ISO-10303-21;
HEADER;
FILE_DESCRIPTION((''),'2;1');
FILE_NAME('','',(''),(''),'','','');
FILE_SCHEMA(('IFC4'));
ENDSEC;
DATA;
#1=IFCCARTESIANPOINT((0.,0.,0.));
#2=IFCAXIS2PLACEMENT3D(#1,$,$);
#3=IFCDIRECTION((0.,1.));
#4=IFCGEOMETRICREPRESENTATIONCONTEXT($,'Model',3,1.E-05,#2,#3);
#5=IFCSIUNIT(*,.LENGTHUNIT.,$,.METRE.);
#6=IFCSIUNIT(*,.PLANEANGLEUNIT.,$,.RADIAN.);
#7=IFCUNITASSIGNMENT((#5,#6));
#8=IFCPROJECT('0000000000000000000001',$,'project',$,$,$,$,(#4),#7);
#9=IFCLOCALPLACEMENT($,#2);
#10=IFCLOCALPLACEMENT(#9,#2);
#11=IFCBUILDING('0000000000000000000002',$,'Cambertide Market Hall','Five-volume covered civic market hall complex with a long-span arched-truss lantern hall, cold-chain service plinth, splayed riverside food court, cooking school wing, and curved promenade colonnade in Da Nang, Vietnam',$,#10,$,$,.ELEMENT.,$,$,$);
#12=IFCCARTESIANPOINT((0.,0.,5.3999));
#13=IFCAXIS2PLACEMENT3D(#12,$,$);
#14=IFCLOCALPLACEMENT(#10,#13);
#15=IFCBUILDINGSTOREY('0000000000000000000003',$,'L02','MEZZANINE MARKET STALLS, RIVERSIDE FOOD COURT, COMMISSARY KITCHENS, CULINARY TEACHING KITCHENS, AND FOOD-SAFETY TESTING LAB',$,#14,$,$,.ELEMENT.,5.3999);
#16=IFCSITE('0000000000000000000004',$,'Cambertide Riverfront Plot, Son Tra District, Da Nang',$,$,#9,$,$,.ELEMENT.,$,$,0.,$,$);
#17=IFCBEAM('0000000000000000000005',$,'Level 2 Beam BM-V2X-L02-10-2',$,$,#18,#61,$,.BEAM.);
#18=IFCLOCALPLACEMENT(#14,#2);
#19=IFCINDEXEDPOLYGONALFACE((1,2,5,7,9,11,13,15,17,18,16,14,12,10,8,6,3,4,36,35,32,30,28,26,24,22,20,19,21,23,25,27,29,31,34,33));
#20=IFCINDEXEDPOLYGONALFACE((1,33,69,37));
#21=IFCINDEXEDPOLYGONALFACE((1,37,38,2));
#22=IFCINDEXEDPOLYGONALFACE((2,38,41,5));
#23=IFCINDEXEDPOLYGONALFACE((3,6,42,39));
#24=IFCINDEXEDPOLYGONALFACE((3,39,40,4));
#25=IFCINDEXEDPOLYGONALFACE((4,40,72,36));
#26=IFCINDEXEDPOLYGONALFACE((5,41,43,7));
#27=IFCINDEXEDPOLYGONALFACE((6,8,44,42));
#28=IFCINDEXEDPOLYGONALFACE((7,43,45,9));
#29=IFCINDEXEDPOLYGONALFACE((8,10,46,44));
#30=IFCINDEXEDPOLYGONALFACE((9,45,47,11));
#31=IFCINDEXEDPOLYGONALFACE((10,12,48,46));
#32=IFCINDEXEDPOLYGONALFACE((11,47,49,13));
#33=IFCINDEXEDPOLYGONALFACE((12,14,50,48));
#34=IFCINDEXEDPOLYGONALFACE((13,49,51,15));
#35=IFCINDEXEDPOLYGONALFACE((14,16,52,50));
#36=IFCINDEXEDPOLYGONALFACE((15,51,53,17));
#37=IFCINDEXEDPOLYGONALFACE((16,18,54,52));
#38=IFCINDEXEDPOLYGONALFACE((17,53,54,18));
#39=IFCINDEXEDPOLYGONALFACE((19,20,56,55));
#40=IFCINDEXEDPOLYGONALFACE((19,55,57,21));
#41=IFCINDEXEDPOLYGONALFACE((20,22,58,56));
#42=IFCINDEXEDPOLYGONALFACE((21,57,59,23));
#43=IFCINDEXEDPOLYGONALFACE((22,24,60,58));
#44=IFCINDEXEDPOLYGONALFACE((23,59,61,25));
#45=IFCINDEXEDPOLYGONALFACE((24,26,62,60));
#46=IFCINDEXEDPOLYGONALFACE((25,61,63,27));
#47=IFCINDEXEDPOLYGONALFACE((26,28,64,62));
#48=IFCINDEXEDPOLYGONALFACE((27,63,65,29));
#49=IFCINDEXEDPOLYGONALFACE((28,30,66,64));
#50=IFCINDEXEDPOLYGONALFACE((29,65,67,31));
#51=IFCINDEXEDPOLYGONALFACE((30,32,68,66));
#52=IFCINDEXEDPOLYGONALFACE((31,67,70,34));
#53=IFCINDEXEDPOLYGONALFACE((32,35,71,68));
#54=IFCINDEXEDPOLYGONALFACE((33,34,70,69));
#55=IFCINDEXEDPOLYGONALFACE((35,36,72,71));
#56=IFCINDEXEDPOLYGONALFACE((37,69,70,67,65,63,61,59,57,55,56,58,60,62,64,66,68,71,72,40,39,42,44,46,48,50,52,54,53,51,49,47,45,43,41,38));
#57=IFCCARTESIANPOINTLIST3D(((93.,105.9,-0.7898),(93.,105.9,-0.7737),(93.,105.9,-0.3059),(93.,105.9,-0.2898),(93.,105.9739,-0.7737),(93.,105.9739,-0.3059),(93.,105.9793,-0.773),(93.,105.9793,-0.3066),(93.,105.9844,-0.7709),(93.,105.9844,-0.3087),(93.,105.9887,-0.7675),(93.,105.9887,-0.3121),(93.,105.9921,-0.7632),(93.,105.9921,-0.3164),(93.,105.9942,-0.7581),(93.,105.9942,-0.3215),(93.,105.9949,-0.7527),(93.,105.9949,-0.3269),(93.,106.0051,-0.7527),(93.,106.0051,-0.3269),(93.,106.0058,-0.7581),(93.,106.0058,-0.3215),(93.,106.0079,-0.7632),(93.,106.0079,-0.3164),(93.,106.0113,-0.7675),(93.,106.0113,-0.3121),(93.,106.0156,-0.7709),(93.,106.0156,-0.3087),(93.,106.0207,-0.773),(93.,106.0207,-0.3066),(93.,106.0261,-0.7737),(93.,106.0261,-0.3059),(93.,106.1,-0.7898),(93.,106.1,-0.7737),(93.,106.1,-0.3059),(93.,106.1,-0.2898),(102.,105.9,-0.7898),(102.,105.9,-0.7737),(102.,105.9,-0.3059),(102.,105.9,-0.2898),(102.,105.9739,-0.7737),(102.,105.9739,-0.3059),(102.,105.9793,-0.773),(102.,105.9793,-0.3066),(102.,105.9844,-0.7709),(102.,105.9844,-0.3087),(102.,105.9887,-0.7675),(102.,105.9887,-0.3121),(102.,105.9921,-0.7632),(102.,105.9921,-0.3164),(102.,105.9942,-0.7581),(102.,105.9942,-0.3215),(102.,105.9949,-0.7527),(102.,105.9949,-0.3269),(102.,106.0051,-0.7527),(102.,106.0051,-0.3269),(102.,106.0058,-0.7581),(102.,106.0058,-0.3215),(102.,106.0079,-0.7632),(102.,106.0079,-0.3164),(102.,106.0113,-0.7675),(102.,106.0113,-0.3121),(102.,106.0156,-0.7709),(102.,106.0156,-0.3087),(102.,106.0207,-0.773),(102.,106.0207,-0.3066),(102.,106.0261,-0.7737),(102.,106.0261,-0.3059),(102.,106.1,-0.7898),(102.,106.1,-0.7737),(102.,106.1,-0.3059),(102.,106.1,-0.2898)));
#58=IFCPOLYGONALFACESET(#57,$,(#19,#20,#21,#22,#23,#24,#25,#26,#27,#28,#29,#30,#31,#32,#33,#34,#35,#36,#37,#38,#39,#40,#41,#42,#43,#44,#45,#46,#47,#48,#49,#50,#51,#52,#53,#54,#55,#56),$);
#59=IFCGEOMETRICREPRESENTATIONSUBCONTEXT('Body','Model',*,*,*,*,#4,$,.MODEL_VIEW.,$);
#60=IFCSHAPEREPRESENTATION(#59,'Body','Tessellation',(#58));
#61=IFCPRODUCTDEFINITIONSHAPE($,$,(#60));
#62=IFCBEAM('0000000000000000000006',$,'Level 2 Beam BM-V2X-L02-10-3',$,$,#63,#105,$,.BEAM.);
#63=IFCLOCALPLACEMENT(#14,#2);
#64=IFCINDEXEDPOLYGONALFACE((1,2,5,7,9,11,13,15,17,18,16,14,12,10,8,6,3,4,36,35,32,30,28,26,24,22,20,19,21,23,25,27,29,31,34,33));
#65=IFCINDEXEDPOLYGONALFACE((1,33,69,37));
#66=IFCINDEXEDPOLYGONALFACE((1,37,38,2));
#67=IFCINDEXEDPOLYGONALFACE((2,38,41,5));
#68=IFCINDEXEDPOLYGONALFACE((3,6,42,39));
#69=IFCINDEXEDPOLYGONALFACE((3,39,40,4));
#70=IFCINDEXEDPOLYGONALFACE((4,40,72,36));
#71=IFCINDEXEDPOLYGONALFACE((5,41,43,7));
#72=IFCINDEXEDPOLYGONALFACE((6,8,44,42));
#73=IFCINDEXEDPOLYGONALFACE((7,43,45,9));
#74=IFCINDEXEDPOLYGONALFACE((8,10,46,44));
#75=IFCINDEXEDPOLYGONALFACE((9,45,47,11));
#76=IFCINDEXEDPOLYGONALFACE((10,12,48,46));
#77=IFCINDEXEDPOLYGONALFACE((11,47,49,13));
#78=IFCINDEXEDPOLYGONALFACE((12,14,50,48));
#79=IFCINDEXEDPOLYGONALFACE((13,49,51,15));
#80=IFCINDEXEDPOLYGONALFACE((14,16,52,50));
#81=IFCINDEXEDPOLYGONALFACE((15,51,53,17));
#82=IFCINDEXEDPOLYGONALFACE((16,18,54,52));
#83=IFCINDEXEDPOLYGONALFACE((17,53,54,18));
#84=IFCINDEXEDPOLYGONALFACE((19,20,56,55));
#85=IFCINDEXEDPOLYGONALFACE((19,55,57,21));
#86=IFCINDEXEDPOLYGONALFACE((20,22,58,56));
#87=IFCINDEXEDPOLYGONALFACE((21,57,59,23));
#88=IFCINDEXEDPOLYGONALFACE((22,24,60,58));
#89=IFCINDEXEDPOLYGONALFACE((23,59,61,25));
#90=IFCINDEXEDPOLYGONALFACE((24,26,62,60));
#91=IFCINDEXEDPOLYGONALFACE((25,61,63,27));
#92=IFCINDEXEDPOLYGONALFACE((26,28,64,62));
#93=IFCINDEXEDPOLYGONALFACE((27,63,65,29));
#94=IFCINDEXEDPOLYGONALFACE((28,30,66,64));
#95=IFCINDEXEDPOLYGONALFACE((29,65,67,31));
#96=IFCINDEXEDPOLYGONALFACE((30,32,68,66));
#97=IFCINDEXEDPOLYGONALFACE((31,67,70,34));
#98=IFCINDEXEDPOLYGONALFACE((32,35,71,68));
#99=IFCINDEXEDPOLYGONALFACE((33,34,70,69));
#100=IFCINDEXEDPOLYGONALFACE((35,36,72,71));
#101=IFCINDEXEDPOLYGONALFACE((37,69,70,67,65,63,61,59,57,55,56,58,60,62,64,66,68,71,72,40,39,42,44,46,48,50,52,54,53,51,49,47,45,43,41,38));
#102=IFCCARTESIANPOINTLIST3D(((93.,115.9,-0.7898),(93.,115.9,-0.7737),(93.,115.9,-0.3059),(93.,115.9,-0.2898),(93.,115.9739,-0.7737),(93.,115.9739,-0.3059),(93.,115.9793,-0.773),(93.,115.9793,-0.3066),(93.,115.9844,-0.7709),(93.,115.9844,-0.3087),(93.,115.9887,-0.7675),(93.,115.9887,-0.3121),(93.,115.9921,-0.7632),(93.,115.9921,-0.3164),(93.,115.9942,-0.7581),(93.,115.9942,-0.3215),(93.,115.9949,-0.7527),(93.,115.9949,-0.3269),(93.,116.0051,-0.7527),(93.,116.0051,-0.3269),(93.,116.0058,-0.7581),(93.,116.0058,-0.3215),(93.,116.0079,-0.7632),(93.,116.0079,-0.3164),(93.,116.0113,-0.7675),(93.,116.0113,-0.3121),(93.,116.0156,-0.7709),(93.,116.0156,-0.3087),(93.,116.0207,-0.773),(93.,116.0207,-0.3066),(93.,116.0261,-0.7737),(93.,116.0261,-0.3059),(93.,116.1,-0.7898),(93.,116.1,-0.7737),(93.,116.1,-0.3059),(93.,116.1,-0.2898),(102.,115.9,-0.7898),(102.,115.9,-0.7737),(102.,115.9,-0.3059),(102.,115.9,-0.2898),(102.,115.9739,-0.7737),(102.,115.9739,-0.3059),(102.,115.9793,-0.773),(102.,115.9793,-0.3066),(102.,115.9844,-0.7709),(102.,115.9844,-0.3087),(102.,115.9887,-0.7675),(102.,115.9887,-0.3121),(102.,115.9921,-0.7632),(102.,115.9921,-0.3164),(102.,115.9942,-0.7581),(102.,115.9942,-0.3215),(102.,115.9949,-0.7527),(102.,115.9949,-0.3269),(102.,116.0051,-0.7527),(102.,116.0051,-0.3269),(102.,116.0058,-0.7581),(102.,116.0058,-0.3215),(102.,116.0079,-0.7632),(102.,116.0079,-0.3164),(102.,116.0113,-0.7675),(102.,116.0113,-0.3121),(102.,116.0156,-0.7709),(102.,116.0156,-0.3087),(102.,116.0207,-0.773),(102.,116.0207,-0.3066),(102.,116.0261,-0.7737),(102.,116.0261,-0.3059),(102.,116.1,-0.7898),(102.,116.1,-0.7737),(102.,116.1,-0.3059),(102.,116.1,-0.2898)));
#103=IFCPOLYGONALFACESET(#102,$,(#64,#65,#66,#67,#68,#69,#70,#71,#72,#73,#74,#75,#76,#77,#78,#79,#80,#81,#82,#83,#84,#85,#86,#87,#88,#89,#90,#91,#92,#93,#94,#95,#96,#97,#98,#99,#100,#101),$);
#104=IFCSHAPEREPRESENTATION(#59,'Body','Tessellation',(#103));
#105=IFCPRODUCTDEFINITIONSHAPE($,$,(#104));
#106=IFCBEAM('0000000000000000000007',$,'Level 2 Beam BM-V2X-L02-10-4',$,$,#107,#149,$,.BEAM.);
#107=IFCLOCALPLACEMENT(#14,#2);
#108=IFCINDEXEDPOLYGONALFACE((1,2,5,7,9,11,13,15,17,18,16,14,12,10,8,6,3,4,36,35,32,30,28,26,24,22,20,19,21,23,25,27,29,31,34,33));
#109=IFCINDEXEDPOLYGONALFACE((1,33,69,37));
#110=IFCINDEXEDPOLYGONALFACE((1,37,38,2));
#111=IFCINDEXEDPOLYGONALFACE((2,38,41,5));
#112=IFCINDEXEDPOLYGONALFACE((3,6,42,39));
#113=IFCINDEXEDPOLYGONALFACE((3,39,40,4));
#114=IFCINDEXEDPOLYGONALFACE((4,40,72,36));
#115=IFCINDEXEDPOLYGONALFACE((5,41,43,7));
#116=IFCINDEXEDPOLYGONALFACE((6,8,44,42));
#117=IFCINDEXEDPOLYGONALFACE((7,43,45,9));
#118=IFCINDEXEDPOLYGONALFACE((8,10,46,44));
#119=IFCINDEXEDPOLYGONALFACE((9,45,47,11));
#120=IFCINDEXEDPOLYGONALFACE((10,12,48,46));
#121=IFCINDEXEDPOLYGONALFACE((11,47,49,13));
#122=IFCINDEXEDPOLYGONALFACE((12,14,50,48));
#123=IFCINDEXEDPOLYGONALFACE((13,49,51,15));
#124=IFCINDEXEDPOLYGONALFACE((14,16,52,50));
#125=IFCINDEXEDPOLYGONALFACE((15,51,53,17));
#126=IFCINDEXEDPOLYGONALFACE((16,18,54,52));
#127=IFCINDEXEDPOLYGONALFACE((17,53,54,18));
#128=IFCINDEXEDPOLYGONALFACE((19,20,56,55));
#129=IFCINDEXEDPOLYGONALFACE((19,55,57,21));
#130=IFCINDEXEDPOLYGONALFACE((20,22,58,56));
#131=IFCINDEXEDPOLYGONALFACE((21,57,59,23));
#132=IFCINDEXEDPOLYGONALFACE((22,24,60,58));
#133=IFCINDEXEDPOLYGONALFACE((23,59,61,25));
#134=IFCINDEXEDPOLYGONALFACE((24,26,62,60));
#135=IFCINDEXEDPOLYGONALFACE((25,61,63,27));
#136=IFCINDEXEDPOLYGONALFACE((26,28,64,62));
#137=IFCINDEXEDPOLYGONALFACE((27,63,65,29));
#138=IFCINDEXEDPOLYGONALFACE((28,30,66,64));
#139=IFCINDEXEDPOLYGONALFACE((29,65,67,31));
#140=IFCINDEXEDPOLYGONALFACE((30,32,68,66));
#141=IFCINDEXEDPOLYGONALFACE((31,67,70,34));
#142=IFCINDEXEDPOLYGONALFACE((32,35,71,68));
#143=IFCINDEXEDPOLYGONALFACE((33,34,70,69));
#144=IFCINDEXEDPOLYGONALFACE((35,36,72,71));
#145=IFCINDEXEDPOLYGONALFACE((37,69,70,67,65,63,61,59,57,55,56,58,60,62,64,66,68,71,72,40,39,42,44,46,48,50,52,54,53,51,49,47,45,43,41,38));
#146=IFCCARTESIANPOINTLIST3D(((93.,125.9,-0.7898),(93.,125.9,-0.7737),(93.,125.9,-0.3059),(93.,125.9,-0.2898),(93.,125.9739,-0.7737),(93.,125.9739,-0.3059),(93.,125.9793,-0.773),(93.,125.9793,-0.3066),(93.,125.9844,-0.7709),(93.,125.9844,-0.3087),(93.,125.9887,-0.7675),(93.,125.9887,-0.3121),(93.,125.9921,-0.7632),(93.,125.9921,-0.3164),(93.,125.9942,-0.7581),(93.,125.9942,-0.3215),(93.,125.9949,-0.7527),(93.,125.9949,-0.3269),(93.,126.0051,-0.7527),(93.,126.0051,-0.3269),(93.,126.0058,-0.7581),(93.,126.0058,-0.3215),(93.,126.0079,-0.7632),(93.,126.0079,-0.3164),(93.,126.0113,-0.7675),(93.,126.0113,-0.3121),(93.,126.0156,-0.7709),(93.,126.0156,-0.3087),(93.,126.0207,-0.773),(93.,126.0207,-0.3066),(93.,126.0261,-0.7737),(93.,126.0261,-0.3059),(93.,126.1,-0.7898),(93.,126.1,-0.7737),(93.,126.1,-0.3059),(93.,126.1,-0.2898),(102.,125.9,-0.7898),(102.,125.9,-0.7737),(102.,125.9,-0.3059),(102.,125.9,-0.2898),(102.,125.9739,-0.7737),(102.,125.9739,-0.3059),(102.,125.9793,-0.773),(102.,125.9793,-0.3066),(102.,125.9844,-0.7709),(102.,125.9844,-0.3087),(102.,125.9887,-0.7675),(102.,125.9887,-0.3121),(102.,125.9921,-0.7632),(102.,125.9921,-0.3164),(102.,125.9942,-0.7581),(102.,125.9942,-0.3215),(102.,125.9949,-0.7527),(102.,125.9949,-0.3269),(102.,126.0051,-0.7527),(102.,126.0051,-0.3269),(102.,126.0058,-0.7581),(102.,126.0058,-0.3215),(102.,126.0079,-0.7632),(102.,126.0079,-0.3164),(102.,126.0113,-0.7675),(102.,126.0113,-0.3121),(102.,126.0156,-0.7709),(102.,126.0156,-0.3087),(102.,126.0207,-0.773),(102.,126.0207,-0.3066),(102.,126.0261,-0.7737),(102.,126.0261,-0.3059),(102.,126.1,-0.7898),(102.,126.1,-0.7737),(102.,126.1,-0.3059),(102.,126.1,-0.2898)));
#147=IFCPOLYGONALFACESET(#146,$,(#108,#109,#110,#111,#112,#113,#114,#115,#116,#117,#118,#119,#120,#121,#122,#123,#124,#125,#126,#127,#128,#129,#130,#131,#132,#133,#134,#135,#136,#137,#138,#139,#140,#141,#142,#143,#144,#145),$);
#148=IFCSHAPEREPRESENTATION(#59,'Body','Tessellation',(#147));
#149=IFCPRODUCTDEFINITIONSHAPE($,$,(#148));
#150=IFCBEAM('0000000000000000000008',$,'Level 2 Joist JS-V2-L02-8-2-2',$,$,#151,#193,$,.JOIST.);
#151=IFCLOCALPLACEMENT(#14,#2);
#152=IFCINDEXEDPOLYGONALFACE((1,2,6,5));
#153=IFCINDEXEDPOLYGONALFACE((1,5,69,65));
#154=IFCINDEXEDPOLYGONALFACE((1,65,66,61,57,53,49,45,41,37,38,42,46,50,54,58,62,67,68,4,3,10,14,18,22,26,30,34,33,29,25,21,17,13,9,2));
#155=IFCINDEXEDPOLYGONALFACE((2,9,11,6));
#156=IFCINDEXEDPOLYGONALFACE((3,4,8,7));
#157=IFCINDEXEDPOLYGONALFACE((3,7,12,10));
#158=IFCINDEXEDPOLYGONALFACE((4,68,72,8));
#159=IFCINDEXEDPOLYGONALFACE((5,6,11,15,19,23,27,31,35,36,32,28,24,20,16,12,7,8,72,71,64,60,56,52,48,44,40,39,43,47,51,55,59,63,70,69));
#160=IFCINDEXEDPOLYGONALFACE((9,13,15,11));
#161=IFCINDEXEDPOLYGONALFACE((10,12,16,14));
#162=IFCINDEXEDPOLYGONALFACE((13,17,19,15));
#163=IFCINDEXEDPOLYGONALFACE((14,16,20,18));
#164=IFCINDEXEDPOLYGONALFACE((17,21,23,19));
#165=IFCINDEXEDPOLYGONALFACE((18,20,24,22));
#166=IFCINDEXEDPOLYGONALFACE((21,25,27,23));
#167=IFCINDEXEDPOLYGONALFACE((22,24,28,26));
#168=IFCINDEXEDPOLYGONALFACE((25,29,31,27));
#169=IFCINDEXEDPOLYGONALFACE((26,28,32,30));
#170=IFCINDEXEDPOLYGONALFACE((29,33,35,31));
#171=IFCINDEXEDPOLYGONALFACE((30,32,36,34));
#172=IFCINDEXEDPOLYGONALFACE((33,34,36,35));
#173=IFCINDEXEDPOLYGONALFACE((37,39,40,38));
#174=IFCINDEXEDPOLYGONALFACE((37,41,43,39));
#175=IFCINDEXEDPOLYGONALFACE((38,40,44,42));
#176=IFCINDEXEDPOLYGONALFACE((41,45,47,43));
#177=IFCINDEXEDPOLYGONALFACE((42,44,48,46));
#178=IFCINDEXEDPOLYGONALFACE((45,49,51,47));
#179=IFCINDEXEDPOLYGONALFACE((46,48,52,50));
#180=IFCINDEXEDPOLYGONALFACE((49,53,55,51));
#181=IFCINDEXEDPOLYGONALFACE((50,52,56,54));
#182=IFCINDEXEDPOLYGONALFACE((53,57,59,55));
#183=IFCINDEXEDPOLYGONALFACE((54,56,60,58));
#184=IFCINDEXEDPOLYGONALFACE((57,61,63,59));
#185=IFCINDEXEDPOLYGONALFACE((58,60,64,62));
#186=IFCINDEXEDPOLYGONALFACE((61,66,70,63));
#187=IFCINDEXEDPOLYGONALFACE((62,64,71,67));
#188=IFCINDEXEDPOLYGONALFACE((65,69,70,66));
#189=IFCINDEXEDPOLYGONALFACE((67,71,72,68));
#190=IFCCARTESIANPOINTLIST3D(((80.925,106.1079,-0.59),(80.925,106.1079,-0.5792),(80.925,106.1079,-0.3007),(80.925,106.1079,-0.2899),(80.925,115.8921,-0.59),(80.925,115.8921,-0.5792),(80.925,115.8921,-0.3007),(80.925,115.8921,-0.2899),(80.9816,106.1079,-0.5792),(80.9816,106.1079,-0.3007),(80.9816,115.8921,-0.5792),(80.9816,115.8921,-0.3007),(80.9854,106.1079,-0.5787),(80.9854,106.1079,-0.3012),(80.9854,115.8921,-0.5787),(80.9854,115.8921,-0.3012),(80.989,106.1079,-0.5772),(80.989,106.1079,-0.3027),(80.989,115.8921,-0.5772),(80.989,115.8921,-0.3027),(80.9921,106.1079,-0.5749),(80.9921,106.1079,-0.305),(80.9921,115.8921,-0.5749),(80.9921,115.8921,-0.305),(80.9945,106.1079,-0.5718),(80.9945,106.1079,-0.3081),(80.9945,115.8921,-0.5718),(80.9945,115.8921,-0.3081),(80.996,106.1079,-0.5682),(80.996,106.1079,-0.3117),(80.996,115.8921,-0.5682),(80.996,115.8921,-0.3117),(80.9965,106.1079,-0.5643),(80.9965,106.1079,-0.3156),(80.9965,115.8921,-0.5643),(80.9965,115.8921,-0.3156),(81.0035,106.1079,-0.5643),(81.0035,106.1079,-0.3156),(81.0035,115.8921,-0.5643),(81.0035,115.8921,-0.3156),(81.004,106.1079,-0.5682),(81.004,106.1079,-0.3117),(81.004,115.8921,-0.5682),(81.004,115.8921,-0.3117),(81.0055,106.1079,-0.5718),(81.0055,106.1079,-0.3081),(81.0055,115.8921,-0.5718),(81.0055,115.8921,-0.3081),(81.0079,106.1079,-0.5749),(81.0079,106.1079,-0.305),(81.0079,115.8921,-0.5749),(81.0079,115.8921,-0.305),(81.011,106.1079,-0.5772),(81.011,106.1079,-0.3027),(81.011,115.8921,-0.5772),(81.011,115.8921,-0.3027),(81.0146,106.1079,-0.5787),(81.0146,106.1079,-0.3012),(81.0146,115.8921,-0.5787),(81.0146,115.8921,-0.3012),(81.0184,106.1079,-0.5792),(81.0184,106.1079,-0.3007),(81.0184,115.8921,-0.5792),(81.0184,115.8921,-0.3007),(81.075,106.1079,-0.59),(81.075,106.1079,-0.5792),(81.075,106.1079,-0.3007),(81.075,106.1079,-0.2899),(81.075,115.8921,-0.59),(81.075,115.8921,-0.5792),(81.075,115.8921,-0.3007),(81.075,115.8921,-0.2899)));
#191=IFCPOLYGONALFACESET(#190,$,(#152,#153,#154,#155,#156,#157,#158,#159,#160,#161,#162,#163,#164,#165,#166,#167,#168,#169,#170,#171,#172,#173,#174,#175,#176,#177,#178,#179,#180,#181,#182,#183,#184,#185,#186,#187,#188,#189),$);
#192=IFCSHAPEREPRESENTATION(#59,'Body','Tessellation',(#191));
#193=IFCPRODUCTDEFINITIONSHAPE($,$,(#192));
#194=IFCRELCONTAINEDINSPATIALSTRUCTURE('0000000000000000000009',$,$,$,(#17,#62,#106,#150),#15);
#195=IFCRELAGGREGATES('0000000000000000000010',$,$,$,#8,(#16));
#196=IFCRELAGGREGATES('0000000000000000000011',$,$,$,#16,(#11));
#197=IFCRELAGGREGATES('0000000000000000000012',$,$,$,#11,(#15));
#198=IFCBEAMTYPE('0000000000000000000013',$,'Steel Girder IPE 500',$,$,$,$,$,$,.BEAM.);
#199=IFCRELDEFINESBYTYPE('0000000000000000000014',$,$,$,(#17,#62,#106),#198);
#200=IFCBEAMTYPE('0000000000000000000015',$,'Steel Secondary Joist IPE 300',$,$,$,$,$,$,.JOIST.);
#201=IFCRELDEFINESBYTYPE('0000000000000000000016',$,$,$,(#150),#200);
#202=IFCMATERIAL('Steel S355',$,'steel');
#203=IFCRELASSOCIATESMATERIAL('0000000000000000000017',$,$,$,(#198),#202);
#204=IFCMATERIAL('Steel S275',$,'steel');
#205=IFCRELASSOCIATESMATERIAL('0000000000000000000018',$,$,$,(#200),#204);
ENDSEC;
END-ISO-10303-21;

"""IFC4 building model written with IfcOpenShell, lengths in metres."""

from ifc_helpers import new_model, si_unit, direction, frame, origin, origin_2d, place, context, subcontext, project, spatial, i_section, extrude, material, material_profile, profile_set, type_object, element, save


model = new_model("IFC4")

# Units and contexts
model_context = context("Model", 3, precision=1e-05, world=origin(), true_north=direction((0.0, 1.0)))
body_context = subcontext(model_context, "Body", "Model", "MODEL_VIEW")
ifc_project = project(units=[si_unit("LENGTHUNIT", "METRE"), si_unit("PLANEANGLEUNIT", "RADIAN")], contexts=[model_context])

# Site, building, storey
site_placement = place(None, origin())
site = spatial("IfcSite", under=ifc_project, at=site_placement, Name="Cambertide Riverfront Plot, Son Tra District, Da Nang", CompositionType="ELEMENT", RefElevation=0.0)
building_placement = place(site_placement, origin())
building = spatial("IfcBuilding", under=site, at=building_placement, Name="Cambertide Market Hall", Description="Five-volume covered civic market hall complex with a long-span arched-truss lantern hall, cold-chain service plinth, splayed riverside food court, cooking school wing, and curved promenade colonnade in Da Nang, Vietnam", CompositionType="ELEMENT")
storey_placement = place(building_placement, frame((0.0, 0.0, 5.3999)))
storey = spatial("IfcBuildingStorey", under=building, at=storey_placement, Name="L02", Description="MEZZANINE MARKET STALLS, RIVERSIDE FOOD COURT, COMMISSARY KITCHENS, CULINARY TEACHING KITCHENS, AND FOOD-SAFETY TESTING LAB", CompositionType="ELEMENT", Elevation=5.3999)

# Beams
ifc_material_1 = material(Name="Steel S355", Category="steel")
ifc_material_profile_1 = material_profile(ifc_material_1, i_section(OverallWidth=0.2, OverallDepth=0.5, WebThickness=0.0103, FlangeThickness=0.0161, FilletRadius=0.021, at=origin_2d()), Name="IPE 500")
ifc_profile_set_1 = profile_set([ifc_material_profile_1], Name="Steel S355")
beam_type_1 = type_object("IfcBeamType", Name="Steel Girder IPE 500", PredefinedType="BEAM", material=ifc_profile_set_1)
for number, where, z_axis, x_axis, name in (
    (1, (93.0, 106.0, -0.5398), (1.0, 0.0, 0.0), (0.0, 1.0, 0.0), "Level 2 Beam BM-V2X-L02-10-2"),
    (2, (93.0, 116.0, -0.5398), (1.0, 0.0, 0.0), (0.0, 1.0, 0.0), "Level 2 Beam BM-V2X-L02-10-3"),
    (3, (93.0, 126.0, -0.5398), (1.0, 0.0, 0.0), (0.0, 1.0, 0.0), "Level 2 Beam BM-V2X-L02-10-4"),
):
    element("IfcBeam", number, at=place(storey_placement, frame(where, z_axis=z_axis, x_axis=x_axis)), inside=storey, type_object=beam_type_1, Name=name, PredefinedType="BEAM", context=body_context, shape_type="SweptSolid", body=[
        extrude(i_section(OverallWidth=0.2, OverallDepth=0.5, WebThickness=0.0103, FlangeThickness=0.0161, FilletRadius=0.021, at=origin_2d()), origin(), (0.0, 0.0, 1.0), 9.0),
    ])
ifc_material_2 = material(Name="Steel S275", Category="steel")
ifc_material_profile_2 = material_profile(ifc_material_2, i_section(OverallWidth=0.1499, OverallDepth=0.3, WebThickness=0.0071, FlangeThickness=0.0107, FilletRadius=0.0149, at=origin_2d()), Name="IPE 300")
ifc_profile_set_2 = profile_set([ifc_material_profile_2], Name="Steel S275")
beam_type_2 = type_object("IfcBeamType", Name="Steel Secondary Joist IPE 300", PredefinedType="JOIST", material=ifc_profile_set_2)
for number, where, z_axis, x_axis, name in (
    (4, (81.0, 106.1079, -0.4399), (0.0, 1.0, 0.0), (-1.0, 0.0, 0.0), "Level 2 Joist JS-V2-L02-8-2-2"),
):
    element("IfcBeam", number, at=place(storey_placement, frame(where, z_axis=z_axis, x_axis=x_axis)), inside=storey, type_object=beam_type_2, Name=name, PredefinedType="JOIST", context=body_context, shape_type="SweptSolid", body=[
        extrude(i_section(OverallWidth=0.1499, OverallDepth=0.3, WebThickness=0.0071, FlangeThickness=0.0107, FilletRadius=0.0149, at=origin_2d()), origin(), (0.0, 0.0, 1.0), 9.7842),
    ])

save(model, "model.ifc")
